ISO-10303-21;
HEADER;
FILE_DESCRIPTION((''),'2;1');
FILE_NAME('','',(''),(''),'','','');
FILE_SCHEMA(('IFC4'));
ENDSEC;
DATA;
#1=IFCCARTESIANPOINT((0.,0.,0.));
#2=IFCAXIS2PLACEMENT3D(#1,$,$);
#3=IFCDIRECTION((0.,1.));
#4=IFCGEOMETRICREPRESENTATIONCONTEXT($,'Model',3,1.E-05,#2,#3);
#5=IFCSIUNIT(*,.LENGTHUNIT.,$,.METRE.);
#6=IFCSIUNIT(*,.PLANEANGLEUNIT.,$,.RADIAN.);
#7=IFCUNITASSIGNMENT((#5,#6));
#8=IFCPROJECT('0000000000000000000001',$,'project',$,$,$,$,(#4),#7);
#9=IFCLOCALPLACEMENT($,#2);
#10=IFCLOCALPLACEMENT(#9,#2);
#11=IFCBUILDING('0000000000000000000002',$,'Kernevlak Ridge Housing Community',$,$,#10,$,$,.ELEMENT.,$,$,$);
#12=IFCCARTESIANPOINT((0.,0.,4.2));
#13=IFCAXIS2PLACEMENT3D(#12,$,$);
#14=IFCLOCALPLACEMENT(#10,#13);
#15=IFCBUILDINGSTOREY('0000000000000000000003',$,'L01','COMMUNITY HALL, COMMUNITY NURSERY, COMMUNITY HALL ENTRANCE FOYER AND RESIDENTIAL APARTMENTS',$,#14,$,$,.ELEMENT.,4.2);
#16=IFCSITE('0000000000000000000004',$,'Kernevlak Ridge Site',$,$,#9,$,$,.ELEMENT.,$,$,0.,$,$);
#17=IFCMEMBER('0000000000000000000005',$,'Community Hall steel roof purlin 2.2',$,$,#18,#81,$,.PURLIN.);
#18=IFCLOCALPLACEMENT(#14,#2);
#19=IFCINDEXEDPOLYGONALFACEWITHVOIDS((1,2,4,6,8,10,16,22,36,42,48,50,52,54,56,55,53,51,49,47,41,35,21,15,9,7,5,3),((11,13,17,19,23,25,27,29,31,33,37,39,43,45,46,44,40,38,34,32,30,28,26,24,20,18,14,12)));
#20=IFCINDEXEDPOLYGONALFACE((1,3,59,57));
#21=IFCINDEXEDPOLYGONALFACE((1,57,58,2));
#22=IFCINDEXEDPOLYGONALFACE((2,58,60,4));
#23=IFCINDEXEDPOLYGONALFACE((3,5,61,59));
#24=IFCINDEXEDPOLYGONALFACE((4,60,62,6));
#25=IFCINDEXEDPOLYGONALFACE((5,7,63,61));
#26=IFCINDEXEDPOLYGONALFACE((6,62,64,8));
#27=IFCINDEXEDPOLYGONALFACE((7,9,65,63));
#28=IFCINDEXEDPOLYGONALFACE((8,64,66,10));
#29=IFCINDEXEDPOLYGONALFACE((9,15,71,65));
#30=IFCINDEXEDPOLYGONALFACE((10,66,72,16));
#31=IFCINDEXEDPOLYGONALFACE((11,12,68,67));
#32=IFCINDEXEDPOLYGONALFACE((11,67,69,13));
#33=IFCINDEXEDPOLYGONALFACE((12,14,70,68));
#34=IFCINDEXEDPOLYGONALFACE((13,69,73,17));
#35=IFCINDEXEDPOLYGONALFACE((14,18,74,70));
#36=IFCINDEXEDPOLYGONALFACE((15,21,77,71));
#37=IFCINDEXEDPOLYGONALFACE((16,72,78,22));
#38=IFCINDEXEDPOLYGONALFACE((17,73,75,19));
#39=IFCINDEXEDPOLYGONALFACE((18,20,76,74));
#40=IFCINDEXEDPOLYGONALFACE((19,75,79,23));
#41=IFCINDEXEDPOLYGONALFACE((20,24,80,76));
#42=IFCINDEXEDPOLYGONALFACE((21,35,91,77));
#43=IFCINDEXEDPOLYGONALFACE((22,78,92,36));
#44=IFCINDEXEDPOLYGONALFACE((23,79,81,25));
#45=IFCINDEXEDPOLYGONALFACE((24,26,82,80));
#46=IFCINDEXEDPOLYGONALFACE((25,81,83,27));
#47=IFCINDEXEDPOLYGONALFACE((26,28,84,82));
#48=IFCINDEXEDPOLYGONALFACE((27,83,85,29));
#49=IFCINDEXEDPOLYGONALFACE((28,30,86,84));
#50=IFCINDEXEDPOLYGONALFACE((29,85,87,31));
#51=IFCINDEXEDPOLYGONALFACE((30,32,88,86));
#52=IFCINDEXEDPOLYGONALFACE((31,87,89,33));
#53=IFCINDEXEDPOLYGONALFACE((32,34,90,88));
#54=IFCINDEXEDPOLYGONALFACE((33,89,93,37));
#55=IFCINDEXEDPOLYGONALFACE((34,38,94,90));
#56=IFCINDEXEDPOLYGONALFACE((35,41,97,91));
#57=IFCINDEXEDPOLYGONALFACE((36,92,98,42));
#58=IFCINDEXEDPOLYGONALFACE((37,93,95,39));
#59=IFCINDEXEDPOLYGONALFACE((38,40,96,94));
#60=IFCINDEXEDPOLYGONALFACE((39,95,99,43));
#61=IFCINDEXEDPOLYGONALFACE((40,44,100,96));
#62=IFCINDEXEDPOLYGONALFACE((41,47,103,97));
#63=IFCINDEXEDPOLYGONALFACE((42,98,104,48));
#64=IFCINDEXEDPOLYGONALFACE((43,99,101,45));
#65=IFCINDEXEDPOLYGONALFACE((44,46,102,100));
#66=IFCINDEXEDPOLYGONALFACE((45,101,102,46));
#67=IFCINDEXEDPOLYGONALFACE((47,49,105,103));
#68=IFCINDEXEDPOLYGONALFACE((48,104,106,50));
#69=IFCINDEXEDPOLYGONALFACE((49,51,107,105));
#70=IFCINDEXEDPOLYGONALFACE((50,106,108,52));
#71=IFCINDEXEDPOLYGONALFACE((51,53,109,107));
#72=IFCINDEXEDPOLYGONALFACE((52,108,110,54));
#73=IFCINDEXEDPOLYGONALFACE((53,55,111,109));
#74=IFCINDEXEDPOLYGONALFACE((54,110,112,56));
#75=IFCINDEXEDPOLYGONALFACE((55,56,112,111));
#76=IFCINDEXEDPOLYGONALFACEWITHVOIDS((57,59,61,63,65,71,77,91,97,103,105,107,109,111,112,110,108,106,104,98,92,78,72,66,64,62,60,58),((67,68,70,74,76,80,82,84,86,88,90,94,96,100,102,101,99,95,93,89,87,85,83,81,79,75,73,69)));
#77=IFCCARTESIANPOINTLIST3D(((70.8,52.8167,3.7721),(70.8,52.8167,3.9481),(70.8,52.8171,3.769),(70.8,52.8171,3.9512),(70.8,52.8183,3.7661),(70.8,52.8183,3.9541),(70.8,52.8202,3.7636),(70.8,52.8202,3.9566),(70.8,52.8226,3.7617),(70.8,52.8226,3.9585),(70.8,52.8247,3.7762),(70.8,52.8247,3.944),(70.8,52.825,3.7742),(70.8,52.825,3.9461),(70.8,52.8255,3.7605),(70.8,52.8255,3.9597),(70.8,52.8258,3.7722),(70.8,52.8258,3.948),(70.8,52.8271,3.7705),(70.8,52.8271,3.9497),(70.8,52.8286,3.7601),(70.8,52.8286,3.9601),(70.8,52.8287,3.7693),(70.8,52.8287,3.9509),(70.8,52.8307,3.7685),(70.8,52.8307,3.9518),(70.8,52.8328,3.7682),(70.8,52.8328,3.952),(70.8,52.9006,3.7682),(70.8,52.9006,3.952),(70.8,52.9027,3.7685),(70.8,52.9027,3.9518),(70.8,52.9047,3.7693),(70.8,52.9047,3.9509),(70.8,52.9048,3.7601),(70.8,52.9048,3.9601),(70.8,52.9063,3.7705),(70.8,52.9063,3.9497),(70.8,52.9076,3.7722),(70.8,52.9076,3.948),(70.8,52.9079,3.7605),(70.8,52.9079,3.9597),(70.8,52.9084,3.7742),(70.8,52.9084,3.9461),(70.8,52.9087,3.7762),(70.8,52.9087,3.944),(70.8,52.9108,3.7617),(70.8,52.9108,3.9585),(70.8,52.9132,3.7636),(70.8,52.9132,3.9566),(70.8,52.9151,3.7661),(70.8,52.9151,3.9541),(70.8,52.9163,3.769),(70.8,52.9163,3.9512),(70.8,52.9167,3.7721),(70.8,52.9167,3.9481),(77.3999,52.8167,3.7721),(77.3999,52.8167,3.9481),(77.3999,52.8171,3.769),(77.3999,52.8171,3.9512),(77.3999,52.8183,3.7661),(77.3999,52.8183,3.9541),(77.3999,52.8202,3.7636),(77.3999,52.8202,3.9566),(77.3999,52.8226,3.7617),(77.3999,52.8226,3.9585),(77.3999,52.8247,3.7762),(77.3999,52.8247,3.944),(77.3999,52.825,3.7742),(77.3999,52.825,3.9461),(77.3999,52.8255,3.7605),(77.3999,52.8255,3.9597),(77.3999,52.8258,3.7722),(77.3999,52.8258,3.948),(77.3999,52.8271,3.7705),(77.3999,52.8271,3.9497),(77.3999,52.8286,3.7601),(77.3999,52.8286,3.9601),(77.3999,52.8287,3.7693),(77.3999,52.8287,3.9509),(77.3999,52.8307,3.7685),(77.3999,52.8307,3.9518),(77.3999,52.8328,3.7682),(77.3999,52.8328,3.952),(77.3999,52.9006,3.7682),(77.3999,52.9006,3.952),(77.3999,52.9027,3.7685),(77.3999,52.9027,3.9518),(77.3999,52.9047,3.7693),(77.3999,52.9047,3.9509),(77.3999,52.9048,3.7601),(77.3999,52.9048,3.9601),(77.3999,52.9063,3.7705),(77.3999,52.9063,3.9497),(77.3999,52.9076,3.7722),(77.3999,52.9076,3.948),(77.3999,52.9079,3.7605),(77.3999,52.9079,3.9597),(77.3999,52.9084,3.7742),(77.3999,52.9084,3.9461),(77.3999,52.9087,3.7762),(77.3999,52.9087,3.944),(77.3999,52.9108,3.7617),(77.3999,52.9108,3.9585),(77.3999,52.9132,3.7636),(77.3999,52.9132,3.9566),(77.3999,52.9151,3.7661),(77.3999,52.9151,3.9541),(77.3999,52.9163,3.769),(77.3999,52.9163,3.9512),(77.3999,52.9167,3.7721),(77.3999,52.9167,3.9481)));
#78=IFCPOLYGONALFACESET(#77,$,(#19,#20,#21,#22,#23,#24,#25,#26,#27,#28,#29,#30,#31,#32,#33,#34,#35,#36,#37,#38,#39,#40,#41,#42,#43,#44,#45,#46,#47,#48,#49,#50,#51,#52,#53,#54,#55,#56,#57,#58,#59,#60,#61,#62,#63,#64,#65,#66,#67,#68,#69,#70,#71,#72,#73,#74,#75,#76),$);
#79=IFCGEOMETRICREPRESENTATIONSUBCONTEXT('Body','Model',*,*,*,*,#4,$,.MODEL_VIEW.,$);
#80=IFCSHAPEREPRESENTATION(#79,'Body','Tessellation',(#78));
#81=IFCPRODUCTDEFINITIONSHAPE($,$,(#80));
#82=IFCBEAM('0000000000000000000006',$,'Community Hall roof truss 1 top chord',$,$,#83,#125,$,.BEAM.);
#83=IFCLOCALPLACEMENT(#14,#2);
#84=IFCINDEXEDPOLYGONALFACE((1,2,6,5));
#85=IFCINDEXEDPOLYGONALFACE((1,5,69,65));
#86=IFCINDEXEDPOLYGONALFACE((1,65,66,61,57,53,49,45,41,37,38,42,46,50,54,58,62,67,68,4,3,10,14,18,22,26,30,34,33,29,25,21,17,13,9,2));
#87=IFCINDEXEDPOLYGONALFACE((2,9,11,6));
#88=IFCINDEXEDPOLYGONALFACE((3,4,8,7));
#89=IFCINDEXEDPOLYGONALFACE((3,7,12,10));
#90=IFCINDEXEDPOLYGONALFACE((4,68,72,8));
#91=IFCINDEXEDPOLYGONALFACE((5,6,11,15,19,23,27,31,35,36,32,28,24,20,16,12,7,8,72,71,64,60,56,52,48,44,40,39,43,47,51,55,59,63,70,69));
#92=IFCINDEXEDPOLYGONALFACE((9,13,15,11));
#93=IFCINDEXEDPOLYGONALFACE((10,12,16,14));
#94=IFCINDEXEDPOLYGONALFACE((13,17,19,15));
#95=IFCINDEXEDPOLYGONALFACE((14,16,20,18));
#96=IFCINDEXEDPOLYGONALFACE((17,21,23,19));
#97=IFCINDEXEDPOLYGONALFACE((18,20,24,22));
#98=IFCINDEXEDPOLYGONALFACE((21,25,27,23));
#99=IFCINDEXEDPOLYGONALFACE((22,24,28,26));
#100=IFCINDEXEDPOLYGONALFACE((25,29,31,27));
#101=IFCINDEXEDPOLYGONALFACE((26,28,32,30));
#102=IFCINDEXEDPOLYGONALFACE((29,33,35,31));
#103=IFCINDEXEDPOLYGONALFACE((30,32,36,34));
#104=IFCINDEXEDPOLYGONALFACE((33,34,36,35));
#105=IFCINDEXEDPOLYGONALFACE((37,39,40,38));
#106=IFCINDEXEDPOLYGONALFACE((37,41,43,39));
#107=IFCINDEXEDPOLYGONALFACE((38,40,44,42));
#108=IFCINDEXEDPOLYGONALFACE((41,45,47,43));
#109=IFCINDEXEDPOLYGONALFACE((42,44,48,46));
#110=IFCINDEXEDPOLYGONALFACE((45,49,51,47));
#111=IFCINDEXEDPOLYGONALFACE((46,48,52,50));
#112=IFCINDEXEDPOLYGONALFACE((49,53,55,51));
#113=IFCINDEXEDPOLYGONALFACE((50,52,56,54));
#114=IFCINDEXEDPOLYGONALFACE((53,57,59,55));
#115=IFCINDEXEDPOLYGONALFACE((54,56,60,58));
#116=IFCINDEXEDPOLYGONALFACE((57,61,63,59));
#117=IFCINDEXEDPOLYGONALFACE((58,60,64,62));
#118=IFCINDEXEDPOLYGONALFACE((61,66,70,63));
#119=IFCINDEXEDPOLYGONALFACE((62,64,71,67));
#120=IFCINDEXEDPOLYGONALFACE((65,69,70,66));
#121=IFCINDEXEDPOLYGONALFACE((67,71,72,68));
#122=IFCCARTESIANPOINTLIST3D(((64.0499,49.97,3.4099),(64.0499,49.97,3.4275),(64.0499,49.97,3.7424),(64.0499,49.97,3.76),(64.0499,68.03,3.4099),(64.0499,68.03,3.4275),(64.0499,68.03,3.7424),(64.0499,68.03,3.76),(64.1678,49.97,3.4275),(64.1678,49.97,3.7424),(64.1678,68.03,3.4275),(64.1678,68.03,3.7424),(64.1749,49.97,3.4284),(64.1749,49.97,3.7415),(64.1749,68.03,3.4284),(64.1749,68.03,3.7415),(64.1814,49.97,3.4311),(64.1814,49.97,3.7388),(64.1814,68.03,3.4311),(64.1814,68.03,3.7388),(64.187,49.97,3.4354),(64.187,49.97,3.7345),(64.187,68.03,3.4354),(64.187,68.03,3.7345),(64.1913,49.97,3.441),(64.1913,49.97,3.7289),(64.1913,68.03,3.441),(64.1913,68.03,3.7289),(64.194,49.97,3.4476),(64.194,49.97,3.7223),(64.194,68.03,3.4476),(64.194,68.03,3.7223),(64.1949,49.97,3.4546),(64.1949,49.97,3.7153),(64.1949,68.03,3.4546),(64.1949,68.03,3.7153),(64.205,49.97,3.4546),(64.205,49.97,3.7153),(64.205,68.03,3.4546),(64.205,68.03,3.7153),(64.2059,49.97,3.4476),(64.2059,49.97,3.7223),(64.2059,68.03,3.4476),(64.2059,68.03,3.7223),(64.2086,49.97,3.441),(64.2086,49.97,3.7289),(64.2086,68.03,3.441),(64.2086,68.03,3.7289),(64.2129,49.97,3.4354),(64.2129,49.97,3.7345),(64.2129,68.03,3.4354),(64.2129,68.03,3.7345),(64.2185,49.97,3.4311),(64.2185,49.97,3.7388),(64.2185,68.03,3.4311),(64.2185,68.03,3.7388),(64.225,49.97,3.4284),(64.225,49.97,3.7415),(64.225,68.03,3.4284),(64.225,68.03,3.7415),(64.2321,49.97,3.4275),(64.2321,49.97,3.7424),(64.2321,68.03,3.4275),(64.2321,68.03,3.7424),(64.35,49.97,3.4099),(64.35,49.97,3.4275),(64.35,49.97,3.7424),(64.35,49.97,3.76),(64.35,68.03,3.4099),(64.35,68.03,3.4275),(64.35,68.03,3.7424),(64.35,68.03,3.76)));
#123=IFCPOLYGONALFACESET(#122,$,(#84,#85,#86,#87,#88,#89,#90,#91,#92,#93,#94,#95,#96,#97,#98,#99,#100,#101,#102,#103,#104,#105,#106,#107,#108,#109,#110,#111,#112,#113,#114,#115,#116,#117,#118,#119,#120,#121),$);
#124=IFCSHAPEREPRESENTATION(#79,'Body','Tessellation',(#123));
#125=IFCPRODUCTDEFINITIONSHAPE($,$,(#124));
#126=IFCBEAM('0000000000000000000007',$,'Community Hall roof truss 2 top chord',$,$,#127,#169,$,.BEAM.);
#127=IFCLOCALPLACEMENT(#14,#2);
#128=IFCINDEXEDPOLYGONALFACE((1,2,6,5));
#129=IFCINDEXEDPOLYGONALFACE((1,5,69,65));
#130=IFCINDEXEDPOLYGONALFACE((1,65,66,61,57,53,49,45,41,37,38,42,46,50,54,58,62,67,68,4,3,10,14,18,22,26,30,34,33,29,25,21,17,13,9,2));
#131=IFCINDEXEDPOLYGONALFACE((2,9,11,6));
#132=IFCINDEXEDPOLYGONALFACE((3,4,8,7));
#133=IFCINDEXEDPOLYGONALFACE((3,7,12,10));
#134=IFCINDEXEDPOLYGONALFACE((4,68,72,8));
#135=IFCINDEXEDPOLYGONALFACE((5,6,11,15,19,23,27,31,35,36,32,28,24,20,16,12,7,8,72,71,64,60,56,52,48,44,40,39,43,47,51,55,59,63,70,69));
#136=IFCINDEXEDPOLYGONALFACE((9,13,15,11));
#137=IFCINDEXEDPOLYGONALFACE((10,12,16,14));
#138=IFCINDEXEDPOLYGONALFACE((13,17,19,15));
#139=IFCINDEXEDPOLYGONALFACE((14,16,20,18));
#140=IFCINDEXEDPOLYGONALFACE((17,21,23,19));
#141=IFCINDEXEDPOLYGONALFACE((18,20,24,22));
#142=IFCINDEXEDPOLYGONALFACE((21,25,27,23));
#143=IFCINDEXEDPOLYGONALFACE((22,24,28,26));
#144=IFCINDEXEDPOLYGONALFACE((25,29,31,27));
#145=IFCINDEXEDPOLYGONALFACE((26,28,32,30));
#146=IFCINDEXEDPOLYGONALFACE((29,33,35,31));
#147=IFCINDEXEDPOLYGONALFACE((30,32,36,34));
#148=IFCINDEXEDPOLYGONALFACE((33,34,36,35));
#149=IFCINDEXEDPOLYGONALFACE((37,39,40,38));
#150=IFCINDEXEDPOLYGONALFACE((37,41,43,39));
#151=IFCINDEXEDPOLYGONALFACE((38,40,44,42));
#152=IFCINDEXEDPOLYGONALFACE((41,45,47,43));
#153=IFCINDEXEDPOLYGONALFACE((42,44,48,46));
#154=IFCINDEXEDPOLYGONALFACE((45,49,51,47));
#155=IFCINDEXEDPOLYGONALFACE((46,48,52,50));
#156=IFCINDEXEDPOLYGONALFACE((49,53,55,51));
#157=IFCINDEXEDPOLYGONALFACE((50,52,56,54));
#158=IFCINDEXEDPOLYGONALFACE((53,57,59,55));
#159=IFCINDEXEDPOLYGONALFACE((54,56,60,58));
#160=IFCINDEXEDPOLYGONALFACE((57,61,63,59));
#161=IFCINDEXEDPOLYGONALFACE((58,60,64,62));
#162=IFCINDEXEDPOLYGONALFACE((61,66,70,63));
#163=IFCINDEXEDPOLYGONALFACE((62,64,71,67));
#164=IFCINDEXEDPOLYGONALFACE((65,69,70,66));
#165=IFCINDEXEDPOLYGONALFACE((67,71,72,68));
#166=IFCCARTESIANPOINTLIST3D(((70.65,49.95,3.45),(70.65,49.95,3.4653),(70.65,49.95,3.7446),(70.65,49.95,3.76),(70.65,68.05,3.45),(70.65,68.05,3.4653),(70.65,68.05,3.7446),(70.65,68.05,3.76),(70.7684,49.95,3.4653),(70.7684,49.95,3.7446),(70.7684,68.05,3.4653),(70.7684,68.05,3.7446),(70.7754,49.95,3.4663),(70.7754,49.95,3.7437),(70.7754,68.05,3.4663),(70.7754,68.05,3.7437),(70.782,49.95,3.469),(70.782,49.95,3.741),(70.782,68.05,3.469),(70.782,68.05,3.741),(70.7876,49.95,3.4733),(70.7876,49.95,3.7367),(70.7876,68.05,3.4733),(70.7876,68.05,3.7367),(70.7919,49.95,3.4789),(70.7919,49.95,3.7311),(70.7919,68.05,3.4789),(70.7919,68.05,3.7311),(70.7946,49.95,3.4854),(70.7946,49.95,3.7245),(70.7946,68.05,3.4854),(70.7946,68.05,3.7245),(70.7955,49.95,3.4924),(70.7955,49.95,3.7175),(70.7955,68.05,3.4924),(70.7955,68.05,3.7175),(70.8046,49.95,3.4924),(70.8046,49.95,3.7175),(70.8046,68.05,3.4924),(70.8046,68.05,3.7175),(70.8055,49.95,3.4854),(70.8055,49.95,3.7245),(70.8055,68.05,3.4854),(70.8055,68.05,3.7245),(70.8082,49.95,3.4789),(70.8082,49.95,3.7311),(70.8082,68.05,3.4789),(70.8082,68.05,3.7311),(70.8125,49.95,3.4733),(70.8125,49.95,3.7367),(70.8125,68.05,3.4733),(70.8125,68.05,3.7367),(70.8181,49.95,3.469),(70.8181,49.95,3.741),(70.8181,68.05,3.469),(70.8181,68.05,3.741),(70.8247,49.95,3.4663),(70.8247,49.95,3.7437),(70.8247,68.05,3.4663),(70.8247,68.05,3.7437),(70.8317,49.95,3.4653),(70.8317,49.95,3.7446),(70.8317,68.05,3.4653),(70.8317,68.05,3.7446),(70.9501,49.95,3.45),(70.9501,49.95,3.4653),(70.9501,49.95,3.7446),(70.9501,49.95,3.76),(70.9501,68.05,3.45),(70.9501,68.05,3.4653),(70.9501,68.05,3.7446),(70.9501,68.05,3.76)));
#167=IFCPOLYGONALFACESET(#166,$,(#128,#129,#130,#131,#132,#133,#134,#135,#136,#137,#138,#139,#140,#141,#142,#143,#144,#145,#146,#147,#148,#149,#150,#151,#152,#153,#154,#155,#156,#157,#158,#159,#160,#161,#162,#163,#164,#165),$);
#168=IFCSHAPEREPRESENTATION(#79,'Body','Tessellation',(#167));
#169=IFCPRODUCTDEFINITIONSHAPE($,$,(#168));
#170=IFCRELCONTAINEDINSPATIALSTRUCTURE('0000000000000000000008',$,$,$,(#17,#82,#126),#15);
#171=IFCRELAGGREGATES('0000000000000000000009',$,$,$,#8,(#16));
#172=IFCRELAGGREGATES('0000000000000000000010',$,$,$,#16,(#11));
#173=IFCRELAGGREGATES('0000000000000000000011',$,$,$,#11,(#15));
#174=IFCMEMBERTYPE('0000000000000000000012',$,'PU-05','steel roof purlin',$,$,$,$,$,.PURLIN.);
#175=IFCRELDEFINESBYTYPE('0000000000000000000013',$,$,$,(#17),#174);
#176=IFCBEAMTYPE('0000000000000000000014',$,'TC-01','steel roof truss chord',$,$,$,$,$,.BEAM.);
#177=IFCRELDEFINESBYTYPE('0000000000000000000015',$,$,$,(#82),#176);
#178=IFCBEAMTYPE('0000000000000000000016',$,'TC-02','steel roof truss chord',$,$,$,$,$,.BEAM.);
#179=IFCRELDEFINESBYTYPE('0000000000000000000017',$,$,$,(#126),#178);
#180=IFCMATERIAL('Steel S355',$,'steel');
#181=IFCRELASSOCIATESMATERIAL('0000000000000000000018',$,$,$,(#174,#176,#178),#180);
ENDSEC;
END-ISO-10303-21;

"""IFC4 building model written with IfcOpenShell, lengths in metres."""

from ifc_helpers import new_model, si_unit, direction, frame, origin, origin_2d, place, context, subcontext, project, spatial, hollow_rectangle, i_section, extrude, material, material_profile, profile_set, type_object, element, save


model = new_model("IFC4")

# Units and contexts
model_context = context("Model", 3, precision=1e-05, world=origin(), true_north=direction((0.0, 1.0)))
body_context = subcontext(model_context, "Body", "Model", "MODEL_VIEW")
ifc_project = project(units=[si_unit("LENGTHUNIT", "METRE"), si_unit("PLANEANGLEUNIT", "RADIAN")], contexts=[model_context])

# Site, building, storey
site_placement = place(None, origin())
site = spatial("IfcSite", under=ifc_project, at=site_placement, Name="Kernevlak Ridge Site", CompositionType="ELEMENT", RefElevation=0.0)
building_placement = place(site_placement, origin())
building = spatial("IfcBuilding", under=site, at=building_placement, Name="Kernevlak Ridge Housing Community", CompositionType="ELEMENT")
storey_placement = place(building_placement, frame((0.0, 0.0, 4.2)))
storey = spatial("IfcBuildingStorey", under=building, at=storey_placement, Name="L01", Description="COMMUNITY HALL, COMMUNITY NURSERY, COMMUNITY HALL ENTRANCE FOYER AND RESIDENTIAL APARTMENTS", CompositionType="ELEMENT", Elevation=4.2)

# Member
ifc_material_1 = material(Name="Steel S355", Category="steel")
ifc_material_profile_1 = material_profile(ifc_material_1, hollow_rectangle(XDim=0.1001, YDim=0.2, WallThickness=0.0081, InnerFilletRadius=0.0081, OuterFilletRadius=0.012, at=origin_2d()), Name="RHS 200x100x8")
ifc_profile_set_1 = profile_set([ifc_material_profile_1], Name="Steel S355")
member_type_1 = type_object("IfcMemberType", Name="PU-05", Description="steel roof purlin", PredefinedType="PURLIN", material=ifc_profile_set_1)
member_1_placement = place(storey_placement, frame((70.8, 52.8667, 3.8601), z_axis=(1.0, 0.0, 0.0), x_axis=(0.0, 1.0, 0.0)))
element("IfcMember", 1, at=member_1_placement, inside=storey, type_object=member_type_1, Name="Community Hall steel roof purlin 2.2", PredefinedType="PURLIN", context=body_context, shape_type="SweptSolid", body=[
    extrude(hollow_rectangle(XDim=0.1001, YDim=0.2, WallThickness=0.0081, InnerFilletRadius=0.0081, OuterFilletRadius=0.012, at=origin_2d()), origin(), (0.0, 0.0, 1.0), 6.5999),
])

# Beams
ifc_material_profile_2 = material_profile(ifc_material_1, i_section(OverallWidth=0.3, OverallDepth=0.3501, WebThickness=0.01, FlangeThickness=0.0176, FilletRadius=0.0271, at=origin_2d()), Name="HEA 360")
ifc_profile_set_2 = profile_set([ifc_material_profile_2], Name="Steel S355")
beam_type_1 = type_object("IfcBeamType", Name="TC-01", Description="steel roof truss chord", PredefinedType="BEAM", material=ifc_profile_set_2)
beam_1_placement = place(storey_placement, frame((64.2, 49.97, 3.585), z_axis=(0.0, 1.0, 0.0), x_axis=(-1.0, 0.0, 0.0)))
element("IfcBeam", 2, at=beam_1_placement, inside=storey, type_object=beam_type_1, Name="Community Hall roof truss 1 top chord", PredefinedType="BEAM", context=body_context, shape_type="SweptSolid", body=[
    extrude(i_section(OverallWidth=0.3, OverallDepth=0.3501, WebThickness=0.01, FlangeThickness=0.0176, FilletRadius=0.0271, at=origin_2d()), origin(), (0.0, 0.0, 1.0), 18.0601),
])
ifc_material_profile_3 = material_profile(ifc_material_1, i_section(OverallWidth=0.3, OverallDepth=0.3101, WebThickness=0.009, FlangeThickness=0.0154, FilletRadius=0.0271, at=origin_2d()), Name="HEA 320")
ifc_profile_set_3 = profile_set([ifc_material_profile_3], Name="Steel S355")
beam_type_2 = type_object("IfcBeamType", Name="TC-02", Description="steel roof truss chord", PredefinedType="BEAM", material=ifc_profile_set_3)
beam_2_placement = place(storey_placement, frame((70.8, 49.95, 3.605), z_axis=(0.0, 1.0, 0.0), x_axis=(-1.0, 0.0, 0.0)))
element("IfcBeam", 3, at=beam_2_placement, inside=storey, type_object=beam_type_2, Name="Community Hall roof truss 2 top chord", PredefinedType="BEAM", context=body_context, shape_type="SweptSolid", body=[
    extrude(i_section(OverallWidth=0.3, OverallDepth=0.3101, WebThickness=0.009, FlangeThickness=0.0154, FilletRadius=0.0271, at=origin_2d()), origin(), (0.0, 0.0, 1.0), 18.1001),
])

save(model, "model.ifc")
